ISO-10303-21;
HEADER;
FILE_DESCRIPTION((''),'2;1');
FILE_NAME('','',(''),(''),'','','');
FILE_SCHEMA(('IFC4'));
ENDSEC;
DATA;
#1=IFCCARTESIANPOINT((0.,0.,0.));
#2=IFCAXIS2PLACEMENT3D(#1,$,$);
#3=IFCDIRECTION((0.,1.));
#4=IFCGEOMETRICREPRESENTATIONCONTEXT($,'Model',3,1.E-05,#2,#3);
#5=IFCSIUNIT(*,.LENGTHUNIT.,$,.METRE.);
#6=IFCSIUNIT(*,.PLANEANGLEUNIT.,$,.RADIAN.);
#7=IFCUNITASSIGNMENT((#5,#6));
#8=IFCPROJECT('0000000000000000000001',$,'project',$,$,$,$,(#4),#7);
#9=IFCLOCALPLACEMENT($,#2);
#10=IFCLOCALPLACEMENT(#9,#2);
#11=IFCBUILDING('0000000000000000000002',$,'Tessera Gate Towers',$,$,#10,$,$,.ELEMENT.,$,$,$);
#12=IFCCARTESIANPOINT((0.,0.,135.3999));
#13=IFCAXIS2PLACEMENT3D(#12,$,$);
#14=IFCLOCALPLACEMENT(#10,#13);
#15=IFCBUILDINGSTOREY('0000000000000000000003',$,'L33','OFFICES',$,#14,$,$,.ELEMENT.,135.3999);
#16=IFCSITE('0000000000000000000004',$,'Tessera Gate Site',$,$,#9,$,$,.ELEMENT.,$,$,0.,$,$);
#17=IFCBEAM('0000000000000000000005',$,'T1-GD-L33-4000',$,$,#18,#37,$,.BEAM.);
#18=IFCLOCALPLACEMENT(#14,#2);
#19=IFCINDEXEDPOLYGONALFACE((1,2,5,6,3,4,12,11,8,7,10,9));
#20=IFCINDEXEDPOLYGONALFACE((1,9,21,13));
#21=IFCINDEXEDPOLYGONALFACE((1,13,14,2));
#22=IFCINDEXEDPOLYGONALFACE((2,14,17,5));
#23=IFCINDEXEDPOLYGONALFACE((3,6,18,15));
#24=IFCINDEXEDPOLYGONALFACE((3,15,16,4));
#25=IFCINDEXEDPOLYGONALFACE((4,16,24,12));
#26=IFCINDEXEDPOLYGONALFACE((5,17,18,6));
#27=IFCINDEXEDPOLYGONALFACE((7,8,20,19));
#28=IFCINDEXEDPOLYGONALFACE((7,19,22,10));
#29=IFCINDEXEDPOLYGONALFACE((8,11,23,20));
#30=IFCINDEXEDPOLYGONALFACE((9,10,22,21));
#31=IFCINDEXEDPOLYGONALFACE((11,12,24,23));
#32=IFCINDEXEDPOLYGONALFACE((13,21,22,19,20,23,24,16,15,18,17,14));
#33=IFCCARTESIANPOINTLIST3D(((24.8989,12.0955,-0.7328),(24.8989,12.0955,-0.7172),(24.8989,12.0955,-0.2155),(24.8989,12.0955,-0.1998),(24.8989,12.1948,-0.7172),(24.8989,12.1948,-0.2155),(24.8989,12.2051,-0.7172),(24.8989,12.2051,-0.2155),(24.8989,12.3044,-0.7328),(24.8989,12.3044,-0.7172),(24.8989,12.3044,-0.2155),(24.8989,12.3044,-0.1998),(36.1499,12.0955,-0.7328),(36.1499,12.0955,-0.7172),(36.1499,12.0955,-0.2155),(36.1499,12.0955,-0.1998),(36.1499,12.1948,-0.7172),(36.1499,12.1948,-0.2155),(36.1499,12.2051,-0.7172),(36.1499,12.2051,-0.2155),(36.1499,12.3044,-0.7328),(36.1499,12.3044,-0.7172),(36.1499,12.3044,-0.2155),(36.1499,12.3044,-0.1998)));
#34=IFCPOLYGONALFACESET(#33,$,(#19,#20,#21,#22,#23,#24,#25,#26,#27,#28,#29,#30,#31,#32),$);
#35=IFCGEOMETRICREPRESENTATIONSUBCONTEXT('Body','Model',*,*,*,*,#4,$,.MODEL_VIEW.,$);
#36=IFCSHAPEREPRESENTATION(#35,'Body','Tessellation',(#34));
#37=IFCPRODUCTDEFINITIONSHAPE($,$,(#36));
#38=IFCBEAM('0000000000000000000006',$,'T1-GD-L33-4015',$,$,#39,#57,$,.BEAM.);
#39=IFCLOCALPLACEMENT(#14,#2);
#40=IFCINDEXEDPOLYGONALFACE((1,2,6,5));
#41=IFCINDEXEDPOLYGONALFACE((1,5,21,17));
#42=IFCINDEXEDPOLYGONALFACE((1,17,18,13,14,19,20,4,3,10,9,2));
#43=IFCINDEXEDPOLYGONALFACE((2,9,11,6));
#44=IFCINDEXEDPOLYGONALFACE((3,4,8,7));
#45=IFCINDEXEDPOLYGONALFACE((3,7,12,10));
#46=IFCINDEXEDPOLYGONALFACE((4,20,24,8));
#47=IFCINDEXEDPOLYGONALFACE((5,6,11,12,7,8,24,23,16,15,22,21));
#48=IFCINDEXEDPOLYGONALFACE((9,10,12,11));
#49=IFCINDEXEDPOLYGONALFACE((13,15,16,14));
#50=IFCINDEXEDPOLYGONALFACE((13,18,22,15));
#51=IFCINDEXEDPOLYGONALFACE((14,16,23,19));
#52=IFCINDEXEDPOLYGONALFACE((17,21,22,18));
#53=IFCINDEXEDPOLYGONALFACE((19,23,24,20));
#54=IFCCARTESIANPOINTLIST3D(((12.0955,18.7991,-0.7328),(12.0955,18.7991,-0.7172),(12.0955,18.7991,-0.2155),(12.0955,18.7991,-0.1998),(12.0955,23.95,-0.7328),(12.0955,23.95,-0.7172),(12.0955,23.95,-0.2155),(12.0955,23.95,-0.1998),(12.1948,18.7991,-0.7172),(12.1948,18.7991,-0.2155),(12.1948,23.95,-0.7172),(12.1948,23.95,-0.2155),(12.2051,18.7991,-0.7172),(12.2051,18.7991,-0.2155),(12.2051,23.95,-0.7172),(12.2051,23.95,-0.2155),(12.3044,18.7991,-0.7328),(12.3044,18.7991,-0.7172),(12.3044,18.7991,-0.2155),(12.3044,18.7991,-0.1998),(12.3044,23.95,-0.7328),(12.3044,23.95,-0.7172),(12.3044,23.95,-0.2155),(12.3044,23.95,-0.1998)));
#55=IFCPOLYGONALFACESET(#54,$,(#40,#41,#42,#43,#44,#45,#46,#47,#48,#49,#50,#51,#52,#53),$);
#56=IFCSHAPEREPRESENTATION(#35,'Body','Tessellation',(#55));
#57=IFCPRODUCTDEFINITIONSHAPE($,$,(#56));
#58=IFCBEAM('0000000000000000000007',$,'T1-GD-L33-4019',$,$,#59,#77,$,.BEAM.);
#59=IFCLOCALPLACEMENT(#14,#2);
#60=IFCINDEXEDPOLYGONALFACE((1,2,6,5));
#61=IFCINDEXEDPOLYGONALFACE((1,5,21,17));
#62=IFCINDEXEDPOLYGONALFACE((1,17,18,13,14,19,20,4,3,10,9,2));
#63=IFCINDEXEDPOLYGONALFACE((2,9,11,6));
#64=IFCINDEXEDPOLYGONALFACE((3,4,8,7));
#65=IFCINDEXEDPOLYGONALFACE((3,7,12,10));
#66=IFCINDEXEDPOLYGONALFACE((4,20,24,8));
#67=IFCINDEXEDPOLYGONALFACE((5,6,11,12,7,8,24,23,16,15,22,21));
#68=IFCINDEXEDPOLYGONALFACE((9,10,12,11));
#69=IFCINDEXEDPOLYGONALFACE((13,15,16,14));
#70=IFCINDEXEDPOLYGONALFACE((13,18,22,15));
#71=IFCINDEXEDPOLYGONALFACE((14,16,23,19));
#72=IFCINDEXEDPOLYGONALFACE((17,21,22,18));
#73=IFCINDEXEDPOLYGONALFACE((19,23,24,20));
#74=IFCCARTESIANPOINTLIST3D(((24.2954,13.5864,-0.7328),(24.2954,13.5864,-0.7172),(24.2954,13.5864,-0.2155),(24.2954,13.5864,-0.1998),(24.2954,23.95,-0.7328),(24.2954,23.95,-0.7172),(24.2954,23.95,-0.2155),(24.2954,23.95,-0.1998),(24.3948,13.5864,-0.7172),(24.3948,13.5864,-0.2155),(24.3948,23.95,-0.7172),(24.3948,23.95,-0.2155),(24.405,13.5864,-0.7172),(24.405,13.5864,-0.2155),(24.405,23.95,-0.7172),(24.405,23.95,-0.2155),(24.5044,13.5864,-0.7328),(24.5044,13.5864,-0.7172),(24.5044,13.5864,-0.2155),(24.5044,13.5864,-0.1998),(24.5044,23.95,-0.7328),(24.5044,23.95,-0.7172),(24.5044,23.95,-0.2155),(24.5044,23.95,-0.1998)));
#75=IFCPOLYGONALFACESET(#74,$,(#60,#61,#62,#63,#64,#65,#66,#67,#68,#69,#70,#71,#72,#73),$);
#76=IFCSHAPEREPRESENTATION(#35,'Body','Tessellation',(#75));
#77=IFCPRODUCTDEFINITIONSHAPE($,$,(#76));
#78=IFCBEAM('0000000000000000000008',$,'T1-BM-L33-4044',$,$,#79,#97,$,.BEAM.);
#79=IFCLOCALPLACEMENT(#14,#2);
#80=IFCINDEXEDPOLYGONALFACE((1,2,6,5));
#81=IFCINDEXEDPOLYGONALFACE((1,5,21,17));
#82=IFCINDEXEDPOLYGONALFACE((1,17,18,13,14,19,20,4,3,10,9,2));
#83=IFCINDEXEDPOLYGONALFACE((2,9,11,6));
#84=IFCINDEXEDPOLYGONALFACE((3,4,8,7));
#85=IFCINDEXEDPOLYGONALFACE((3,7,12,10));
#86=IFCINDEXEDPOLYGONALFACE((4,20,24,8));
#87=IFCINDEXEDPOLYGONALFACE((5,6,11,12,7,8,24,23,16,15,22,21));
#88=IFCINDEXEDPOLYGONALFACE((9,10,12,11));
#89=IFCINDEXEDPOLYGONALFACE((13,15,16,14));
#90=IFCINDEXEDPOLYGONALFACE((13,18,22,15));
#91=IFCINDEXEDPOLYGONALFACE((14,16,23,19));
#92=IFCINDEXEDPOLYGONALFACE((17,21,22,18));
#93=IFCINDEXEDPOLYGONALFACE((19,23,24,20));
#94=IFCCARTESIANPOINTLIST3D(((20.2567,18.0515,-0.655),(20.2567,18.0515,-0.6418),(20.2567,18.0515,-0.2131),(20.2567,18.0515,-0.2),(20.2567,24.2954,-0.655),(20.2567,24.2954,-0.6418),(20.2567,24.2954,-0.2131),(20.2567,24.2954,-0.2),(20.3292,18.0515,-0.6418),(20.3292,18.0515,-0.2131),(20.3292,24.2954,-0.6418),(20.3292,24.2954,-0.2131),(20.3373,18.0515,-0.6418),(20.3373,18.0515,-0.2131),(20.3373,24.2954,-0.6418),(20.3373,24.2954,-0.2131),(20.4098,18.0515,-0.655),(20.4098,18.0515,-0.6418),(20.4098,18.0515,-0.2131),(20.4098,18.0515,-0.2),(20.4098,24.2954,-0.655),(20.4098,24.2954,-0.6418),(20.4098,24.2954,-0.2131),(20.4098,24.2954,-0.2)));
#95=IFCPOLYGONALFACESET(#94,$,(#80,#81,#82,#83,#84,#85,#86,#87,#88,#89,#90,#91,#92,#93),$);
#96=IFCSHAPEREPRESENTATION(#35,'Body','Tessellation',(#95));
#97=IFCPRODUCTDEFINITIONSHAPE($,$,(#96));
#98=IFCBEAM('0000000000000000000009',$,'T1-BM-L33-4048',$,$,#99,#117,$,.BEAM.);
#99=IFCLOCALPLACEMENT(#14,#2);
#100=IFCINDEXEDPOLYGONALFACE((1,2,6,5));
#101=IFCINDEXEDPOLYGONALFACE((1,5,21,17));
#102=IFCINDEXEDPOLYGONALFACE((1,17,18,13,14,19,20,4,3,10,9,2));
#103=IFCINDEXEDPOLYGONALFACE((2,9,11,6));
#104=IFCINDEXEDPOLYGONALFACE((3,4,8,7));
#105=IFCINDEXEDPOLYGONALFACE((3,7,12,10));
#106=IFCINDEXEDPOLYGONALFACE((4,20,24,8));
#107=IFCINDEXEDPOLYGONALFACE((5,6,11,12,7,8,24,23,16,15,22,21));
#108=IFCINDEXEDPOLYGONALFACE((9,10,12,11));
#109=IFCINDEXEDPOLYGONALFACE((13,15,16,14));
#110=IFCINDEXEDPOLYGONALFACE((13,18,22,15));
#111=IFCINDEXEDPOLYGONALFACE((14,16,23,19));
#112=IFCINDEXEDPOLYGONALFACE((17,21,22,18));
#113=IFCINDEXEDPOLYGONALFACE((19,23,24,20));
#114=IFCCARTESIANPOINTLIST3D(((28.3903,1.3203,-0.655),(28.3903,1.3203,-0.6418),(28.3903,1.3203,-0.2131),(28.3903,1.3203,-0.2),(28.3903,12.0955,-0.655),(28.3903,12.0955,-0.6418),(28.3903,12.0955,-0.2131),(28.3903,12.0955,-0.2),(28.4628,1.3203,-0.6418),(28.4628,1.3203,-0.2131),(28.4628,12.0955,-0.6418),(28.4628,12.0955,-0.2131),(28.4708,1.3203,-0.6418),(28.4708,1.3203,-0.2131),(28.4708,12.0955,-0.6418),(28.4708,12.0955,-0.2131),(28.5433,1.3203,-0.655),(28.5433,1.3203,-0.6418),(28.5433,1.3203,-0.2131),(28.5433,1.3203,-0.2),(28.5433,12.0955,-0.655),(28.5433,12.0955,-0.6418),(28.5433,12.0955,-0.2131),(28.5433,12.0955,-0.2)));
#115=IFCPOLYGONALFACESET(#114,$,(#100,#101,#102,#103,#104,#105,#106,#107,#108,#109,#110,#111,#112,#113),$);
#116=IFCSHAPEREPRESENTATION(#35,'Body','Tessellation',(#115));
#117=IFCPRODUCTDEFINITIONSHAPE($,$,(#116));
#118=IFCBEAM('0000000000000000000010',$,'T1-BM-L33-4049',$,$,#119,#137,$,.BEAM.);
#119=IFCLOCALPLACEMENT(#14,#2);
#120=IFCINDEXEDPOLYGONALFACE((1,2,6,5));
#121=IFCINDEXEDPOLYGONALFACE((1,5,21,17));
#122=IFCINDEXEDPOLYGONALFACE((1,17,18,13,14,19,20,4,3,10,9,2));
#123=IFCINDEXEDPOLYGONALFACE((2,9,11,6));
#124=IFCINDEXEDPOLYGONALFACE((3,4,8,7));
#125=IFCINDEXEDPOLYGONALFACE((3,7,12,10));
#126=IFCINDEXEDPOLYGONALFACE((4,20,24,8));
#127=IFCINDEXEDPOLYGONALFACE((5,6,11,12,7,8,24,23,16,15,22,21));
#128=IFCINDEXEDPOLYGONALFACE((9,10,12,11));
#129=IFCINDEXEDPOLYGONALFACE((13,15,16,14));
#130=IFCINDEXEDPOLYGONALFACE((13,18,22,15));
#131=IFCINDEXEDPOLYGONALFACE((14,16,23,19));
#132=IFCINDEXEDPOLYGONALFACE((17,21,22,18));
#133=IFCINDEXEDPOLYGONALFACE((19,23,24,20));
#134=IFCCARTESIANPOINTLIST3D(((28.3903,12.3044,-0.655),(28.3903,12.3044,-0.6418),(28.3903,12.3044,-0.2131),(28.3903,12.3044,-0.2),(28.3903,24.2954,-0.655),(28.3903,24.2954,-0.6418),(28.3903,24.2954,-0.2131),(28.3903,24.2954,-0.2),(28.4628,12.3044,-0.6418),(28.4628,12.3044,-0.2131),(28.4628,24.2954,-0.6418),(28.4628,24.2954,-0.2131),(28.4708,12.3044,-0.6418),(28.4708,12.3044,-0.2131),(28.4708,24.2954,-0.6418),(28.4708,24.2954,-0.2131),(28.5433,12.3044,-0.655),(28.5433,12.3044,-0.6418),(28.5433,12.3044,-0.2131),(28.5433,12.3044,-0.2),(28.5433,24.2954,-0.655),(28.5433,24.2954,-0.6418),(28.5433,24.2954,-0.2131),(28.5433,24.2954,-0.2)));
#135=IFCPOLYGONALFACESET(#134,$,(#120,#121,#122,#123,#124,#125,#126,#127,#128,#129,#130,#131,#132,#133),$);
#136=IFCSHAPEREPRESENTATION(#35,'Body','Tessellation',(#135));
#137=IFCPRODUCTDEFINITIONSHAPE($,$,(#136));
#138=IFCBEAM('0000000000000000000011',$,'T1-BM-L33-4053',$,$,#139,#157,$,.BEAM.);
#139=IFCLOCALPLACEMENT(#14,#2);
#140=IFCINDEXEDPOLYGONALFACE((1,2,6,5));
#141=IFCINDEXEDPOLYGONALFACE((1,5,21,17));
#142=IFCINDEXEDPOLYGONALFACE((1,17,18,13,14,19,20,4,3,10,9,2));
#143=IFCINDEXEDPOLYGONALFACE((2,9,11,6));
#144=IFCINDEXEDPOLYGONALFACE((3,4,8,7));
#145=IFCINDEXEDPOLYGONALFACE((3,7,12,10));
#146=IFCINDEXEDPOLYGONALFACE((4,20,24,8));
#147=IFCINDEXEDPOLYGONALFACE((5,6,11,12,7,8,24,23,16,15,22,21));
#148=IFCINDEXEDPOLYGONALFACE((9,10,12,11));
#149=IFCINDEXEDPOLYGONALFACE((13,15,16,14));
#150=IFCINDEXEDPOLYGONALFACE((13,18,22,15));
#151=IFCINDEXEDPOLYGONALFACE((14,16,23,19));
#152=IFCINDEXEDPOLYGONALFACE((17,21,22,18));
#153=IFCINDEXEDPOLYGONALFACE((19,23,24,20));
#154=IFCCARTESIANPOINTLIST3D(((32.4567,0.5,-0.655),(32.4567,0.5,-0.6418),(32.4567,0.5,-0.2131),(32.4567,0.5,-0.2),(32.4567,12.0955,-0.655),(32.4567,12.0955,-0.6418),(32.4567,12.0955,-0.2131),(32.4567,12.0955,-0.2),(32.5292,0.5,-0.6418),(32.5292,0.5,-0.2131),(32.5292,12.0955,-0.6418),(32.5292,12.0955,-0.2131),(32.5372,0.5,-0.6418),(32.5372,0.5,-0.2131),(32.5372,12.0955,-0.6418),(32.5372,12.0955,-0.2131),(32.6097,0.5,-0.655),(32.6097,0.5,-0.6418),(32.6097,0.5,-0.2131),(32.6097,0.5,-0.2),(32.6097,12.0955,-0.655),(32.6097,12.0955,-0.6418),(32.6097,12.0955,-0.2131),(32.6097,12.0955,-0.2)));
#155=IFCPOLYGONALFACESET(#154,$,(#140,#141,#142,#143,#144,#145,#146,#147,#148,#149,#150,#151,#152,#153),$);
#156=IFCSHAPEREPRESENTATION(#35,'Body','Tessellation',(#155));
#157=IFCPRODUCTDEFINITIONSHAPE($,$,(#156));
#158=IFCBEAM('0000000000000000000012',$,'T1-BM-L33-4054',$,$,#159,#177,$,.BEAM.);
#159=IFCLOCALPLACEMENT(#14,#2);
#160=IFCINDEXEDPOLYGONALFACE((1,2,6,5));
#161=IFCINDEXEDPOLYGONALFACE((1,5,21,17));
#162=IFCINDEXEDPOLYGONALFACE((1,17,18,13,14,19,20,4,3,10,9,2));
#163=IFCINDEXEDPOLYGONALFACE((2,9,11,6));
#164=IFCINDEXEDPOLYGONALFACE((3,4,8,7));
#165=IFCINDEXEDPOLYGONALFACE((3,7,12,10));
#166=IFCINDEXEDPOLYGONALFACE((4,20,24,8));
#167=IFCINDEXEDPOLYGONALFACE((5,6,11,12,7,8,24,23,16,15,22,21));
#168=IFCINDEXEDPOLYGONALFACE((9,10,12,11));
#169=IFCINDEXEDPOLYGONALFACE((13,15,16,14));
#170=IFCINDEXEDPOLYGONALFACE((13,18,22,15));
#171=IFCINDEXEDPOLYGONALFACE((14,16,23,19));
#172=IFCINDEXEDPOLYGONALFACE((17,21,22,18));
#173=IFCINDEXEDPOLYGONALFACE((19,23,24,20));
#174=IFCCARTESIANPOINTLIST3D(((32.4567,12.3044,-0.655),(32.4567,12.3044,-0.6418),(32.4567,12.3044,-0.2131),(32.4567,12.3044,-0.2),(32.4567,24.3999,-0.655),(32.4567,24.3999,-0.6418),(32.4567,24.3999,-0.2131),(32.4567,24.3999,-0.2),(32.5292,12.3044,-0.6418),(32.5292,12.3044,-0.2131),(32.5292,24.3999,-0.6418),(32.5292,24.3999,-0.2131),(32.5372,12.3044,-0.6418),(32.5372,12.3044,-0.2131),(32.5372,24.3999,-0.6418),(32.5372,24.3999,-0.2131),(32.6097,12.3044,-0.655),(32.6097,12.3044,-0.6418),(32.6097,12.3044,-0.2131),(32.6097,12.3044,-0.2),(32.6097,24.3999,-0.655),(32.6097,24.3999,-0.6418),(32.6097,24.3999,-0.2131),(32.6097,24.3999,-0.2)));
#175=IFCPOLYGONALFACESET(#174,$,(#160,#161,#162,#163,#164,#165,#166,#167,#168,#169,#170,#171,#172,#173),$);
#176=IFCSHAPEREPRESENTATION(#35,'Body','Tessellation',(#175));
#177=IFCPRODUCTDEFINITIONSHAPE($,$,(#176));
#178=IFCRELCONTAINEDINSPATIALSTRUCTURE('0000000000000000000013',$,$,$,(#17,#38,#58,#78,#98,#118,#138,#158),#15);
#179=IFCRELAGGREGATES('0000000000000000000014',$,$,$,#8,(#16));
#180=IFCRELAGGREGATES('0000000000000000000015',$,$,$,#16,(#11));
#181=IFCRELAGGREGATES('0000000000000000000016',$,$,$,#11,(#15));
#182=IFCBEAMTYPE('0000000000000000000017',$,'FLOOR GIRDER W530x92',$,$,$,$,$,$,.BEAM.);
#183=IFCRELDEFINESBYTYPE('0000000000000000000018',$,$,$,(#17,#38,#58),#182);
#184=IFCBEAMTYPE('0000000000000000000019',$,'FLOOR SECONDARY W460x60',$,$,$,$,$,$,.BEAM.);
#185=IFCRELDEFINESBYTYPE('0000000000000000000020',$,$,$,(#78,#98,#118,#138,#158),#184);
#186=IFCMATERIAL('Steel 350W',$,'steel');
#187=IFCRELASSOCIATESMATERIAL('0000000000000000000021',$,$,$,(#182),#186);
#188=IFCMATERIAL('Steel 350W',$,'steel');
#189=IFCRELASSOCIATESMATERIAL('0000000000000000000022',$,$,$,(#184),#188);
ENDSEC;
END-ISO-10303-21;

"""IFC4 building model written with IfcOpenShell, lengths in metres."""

from ifc_helpers import new_model, si_unit, direction, frame, origin, origin_2d, place, context, subcontext, project, spatial, i_section, extrude, material, material_profile, profile_set, type_object, element, save


model = new_model("IFC4")

# Units and contexts
model_context = context("Model", 3, precision=1e-05, world=origin(), true_north=direction((0.0, 1.0)))
body_context = subcontext(model_context, "Body", "Model", "MODEL_VIEW")
ifc_project = project(units=[si_unit("LENGTHUNIT", "METRE"), si_unit("PLANEANGLEUNIT", "RADIAN")], contexts=[model_context])

# Site, building, storey
site_placement = place(None, origin())
site = spatial("IfcSite", under=ifc_project, at=site_placement, Name="Tessera Gate Site", CompositionType="ELEMENT", RefElevation=0.0)
building_placement = place(site_placement, origin())
building = spatial("IfcBuilding", under=site, at=building_placement, Name="Tessera Gate Towers", CompositionType="ELEMENT")
storey_placement = place(building_placement, frame((0.0, 0.0, 135.3999)))
storey = spatial("IfcBuildingStorey", under=building, at=storey_placement, Name="L33", Description="OFFICES", CompositionType="ELEMENT", Elevation=135.3999)

# Beams
ifc_material_1 = material(Name="Steel 350W", Category="steel")
ifc_material_profile_1 = material_profile(ifc_material_1, i_section(OverallWidth=0.209, OverallDepth=0.533, WebThickness=0.0103, FlangeThickness=0.0156, at=origin_2d()), Name="W530x92")
ifc_profile_set_1 = profile_set([ifc_material_profile_1], Name="Steel 350W")
beam_type_1 = type_object("IfcBeamType", Name="FLOOR GIRDER W530x92", PredefinedType="BEAM", material=ifc_profile_set_1)
beam_1_placement = place(storey_placement, frame((24.8989, 12.2, -0.4663), z_axis=(1.0, 0.0, 0.0), x_axis=(0.0, 1.0, 0.0)))
element("IfcBeam", 1, at=beam_1_placement, inside=storey, type_object=beam_type_1, Name="T1-GD-L33-4000", PredefinedType="BEAM", context=body_context, shape_type="SweptSolid", body=[
    extrude(i_section(OverallWidth=0.209, OverallDepth=0.533, WebThickness=0.0103, FlangeThickness=0.0156, at=origin_2d()), origin(), (0.0, 0.0, 1.0), 11.251),
])
beam_2_placement = place(storey_placement, frame((12.2, 18.7991, -0.4663), z_axis=(0.0, 1.0, 0.0), x_axis=(-1.0, 0.0, 0.0)))
element("IfcBeam", 2, at=beam_2_placement, inside=storey, type_object=beam_type_1, Name="T1-GD-L33-4015", PredefinedType="BEAM", context=body_context, shape_type="SweptSolid", body=[
    extrude(i_section(OverallWidth=0.209, OverallDepth=0.533, WebThickness=0.0103, FlangeThickness=0.0156, at=origin_2d()), origin(), (0.0, 0.0, 1.0), 5.1509),
])
beam_3_placement = place(storey_placement, frame((24.3999, 13.5864, -0.4663), z_axis=(0.0, 1.0, 0.0), x_axis=(-1.0, 0.0, 0.0)))
element("IfcBeam", 3, at=beam_3_placement, inside=storey, type_object=beam_type_1, Name="T1-GD-L33-4019", PredefinedType="BEAM", context=body_context, shape_type="SweptSolid", body=[
    extrude(i_section(OverallWidth=0.209, OverallDepth=0.533, WebThickness=0.0103, FlangeThickness=0.0156, at=origin_2d()), origin(), (0.0, 0.0, 1.0), 10.3635),
])
ifc_material_2 = material(Name="Steel 350W", Category="steel")
ifc_material_profile_2 = material_profile(ifc_material_2, i_section(OverallWidth=0.1531, OverallDepth=0.4551, WebThickness=0.0081, FlangeThickness=0.0132, at=origin_2d()), Name="W460x60")
ifc_profile_set_2 = profile_set([ifc_material_profile_2], Name="Steel 350W")
beam_type_2 = type_object("IfcBeamType", Name="FLOOR SECONDARY W460x60", PredefinedType="BEAM", material=ifc_profile_set_2)
beam_4_placement = place(storey_placement, frame((20.3333, 18.0515, -0.4275), z_axis=(0.0, 1.0, 0.0), x_axis=(-1.0, 0.0, 0.0)))
element("IfcBeam", 4, at=beam_4_placement, inside=storey, type_object=beam_type_2, Name="T1-BM-L33-4044", PredefinedType="BEAM", context=body_context, shape_type="SweptSolid", body=[
    extrude(i_section(OverallWidth=0.1531, OverallDepth=0.4551, WebThickness=0.0081, FlangeThickness=0.0132, at=origin_2d()), origin(), (0.0, 0.0, 1.0), 6.2439),
])
beam_5_placement = place(storey_placement, frame((28.4668, 1.3203, -0.4275), z_axis=(0.0, 1.0, 0.0), x_axis=(-1.0, 0.0, 0.0)))
element("IfcBeam", 5, at=beam_5_placement, inside=storey, type_object=beam_type_2, Name="T1-BM-L33-4048", PredefinedType="BEAM", context=body_context, shape_type="SweptSolid", body=[
    extrude(i_section(OverallWidth=0.1531, OverallDepth=0.4551, WebThickness=0.0081, FlangeThickness=0.0132, at=origin_2d()), origin(), (0.0, 0.0, 1.0), 10.7751),
])
beam_6_placement = place(storey_placement, frame((28.4668, 12.3044, -0.4275), z_axis=(0.0, 1.0, 0.0), x_axis=(-1.0, 0.0, 0.0)))
element("IfcBeam", 6, at=beam_6_placement, inside=storey, type_object=beam_type_2, Name="T1-BM-L33-4049", PredefinedType="BEAM", context=body_context, shape_type="SweptSolid", body=[
    extrude(i_section(OverallWidth=0.1531, OverallDepth=0.4551, WebThickness=0.0081, FlangeThickness=0.0132, at=origin_2d()), origin(), (0.0, 0.0, 1.0), 11.991),
])
beam_7_placement = place(storey_placement, frame((32.5332, 0.5, -0.4275), z_axis=(0.0, 1.0, 0.0), x_axis=(-1.0, 0.0, 0.0)))
element("IfcBeam", 7, at=beam_7_placement, inside=storey, type_object=beam_type_2, Name="T1-BM-L33-4053", PredefinedType="BEAM", context=body_context, shape_type="SweptSolid", body=[
    extrude(i_section(OverallWidth=0.1531, OverallDepth=0.4551, WebThickness=0.0081, FlangeThickness=0.0132, at=origin_2d()), origin(), (0.0, 0.0, 1.0), 11.5955),
])
beam_8_placement = place(storey_placement, frame((32.5332, 12.3044, -0.4275), z_axis=(0.0, 1.0, 0.0), x_axis=(-1.0, 0.0, 0.0)))
element("IfcBeam", 8, at=beam_8_placement, inside=storey, type_object=beam_type_2, Name="T1-BM-L33-4054", PredefinedType="BEAM", context=body_context, shape_type="SweptSolid", body=[
    extrude(i_section(OverallWidth=0.1531, OverallDepth=0.4551, WebThickness=0.0081, FlangeThickness=0.0132, at=origin_2d()), origin(), (0.0, 0.0, 1.0), 12.0955),
])

save(model, "model.ifc")
